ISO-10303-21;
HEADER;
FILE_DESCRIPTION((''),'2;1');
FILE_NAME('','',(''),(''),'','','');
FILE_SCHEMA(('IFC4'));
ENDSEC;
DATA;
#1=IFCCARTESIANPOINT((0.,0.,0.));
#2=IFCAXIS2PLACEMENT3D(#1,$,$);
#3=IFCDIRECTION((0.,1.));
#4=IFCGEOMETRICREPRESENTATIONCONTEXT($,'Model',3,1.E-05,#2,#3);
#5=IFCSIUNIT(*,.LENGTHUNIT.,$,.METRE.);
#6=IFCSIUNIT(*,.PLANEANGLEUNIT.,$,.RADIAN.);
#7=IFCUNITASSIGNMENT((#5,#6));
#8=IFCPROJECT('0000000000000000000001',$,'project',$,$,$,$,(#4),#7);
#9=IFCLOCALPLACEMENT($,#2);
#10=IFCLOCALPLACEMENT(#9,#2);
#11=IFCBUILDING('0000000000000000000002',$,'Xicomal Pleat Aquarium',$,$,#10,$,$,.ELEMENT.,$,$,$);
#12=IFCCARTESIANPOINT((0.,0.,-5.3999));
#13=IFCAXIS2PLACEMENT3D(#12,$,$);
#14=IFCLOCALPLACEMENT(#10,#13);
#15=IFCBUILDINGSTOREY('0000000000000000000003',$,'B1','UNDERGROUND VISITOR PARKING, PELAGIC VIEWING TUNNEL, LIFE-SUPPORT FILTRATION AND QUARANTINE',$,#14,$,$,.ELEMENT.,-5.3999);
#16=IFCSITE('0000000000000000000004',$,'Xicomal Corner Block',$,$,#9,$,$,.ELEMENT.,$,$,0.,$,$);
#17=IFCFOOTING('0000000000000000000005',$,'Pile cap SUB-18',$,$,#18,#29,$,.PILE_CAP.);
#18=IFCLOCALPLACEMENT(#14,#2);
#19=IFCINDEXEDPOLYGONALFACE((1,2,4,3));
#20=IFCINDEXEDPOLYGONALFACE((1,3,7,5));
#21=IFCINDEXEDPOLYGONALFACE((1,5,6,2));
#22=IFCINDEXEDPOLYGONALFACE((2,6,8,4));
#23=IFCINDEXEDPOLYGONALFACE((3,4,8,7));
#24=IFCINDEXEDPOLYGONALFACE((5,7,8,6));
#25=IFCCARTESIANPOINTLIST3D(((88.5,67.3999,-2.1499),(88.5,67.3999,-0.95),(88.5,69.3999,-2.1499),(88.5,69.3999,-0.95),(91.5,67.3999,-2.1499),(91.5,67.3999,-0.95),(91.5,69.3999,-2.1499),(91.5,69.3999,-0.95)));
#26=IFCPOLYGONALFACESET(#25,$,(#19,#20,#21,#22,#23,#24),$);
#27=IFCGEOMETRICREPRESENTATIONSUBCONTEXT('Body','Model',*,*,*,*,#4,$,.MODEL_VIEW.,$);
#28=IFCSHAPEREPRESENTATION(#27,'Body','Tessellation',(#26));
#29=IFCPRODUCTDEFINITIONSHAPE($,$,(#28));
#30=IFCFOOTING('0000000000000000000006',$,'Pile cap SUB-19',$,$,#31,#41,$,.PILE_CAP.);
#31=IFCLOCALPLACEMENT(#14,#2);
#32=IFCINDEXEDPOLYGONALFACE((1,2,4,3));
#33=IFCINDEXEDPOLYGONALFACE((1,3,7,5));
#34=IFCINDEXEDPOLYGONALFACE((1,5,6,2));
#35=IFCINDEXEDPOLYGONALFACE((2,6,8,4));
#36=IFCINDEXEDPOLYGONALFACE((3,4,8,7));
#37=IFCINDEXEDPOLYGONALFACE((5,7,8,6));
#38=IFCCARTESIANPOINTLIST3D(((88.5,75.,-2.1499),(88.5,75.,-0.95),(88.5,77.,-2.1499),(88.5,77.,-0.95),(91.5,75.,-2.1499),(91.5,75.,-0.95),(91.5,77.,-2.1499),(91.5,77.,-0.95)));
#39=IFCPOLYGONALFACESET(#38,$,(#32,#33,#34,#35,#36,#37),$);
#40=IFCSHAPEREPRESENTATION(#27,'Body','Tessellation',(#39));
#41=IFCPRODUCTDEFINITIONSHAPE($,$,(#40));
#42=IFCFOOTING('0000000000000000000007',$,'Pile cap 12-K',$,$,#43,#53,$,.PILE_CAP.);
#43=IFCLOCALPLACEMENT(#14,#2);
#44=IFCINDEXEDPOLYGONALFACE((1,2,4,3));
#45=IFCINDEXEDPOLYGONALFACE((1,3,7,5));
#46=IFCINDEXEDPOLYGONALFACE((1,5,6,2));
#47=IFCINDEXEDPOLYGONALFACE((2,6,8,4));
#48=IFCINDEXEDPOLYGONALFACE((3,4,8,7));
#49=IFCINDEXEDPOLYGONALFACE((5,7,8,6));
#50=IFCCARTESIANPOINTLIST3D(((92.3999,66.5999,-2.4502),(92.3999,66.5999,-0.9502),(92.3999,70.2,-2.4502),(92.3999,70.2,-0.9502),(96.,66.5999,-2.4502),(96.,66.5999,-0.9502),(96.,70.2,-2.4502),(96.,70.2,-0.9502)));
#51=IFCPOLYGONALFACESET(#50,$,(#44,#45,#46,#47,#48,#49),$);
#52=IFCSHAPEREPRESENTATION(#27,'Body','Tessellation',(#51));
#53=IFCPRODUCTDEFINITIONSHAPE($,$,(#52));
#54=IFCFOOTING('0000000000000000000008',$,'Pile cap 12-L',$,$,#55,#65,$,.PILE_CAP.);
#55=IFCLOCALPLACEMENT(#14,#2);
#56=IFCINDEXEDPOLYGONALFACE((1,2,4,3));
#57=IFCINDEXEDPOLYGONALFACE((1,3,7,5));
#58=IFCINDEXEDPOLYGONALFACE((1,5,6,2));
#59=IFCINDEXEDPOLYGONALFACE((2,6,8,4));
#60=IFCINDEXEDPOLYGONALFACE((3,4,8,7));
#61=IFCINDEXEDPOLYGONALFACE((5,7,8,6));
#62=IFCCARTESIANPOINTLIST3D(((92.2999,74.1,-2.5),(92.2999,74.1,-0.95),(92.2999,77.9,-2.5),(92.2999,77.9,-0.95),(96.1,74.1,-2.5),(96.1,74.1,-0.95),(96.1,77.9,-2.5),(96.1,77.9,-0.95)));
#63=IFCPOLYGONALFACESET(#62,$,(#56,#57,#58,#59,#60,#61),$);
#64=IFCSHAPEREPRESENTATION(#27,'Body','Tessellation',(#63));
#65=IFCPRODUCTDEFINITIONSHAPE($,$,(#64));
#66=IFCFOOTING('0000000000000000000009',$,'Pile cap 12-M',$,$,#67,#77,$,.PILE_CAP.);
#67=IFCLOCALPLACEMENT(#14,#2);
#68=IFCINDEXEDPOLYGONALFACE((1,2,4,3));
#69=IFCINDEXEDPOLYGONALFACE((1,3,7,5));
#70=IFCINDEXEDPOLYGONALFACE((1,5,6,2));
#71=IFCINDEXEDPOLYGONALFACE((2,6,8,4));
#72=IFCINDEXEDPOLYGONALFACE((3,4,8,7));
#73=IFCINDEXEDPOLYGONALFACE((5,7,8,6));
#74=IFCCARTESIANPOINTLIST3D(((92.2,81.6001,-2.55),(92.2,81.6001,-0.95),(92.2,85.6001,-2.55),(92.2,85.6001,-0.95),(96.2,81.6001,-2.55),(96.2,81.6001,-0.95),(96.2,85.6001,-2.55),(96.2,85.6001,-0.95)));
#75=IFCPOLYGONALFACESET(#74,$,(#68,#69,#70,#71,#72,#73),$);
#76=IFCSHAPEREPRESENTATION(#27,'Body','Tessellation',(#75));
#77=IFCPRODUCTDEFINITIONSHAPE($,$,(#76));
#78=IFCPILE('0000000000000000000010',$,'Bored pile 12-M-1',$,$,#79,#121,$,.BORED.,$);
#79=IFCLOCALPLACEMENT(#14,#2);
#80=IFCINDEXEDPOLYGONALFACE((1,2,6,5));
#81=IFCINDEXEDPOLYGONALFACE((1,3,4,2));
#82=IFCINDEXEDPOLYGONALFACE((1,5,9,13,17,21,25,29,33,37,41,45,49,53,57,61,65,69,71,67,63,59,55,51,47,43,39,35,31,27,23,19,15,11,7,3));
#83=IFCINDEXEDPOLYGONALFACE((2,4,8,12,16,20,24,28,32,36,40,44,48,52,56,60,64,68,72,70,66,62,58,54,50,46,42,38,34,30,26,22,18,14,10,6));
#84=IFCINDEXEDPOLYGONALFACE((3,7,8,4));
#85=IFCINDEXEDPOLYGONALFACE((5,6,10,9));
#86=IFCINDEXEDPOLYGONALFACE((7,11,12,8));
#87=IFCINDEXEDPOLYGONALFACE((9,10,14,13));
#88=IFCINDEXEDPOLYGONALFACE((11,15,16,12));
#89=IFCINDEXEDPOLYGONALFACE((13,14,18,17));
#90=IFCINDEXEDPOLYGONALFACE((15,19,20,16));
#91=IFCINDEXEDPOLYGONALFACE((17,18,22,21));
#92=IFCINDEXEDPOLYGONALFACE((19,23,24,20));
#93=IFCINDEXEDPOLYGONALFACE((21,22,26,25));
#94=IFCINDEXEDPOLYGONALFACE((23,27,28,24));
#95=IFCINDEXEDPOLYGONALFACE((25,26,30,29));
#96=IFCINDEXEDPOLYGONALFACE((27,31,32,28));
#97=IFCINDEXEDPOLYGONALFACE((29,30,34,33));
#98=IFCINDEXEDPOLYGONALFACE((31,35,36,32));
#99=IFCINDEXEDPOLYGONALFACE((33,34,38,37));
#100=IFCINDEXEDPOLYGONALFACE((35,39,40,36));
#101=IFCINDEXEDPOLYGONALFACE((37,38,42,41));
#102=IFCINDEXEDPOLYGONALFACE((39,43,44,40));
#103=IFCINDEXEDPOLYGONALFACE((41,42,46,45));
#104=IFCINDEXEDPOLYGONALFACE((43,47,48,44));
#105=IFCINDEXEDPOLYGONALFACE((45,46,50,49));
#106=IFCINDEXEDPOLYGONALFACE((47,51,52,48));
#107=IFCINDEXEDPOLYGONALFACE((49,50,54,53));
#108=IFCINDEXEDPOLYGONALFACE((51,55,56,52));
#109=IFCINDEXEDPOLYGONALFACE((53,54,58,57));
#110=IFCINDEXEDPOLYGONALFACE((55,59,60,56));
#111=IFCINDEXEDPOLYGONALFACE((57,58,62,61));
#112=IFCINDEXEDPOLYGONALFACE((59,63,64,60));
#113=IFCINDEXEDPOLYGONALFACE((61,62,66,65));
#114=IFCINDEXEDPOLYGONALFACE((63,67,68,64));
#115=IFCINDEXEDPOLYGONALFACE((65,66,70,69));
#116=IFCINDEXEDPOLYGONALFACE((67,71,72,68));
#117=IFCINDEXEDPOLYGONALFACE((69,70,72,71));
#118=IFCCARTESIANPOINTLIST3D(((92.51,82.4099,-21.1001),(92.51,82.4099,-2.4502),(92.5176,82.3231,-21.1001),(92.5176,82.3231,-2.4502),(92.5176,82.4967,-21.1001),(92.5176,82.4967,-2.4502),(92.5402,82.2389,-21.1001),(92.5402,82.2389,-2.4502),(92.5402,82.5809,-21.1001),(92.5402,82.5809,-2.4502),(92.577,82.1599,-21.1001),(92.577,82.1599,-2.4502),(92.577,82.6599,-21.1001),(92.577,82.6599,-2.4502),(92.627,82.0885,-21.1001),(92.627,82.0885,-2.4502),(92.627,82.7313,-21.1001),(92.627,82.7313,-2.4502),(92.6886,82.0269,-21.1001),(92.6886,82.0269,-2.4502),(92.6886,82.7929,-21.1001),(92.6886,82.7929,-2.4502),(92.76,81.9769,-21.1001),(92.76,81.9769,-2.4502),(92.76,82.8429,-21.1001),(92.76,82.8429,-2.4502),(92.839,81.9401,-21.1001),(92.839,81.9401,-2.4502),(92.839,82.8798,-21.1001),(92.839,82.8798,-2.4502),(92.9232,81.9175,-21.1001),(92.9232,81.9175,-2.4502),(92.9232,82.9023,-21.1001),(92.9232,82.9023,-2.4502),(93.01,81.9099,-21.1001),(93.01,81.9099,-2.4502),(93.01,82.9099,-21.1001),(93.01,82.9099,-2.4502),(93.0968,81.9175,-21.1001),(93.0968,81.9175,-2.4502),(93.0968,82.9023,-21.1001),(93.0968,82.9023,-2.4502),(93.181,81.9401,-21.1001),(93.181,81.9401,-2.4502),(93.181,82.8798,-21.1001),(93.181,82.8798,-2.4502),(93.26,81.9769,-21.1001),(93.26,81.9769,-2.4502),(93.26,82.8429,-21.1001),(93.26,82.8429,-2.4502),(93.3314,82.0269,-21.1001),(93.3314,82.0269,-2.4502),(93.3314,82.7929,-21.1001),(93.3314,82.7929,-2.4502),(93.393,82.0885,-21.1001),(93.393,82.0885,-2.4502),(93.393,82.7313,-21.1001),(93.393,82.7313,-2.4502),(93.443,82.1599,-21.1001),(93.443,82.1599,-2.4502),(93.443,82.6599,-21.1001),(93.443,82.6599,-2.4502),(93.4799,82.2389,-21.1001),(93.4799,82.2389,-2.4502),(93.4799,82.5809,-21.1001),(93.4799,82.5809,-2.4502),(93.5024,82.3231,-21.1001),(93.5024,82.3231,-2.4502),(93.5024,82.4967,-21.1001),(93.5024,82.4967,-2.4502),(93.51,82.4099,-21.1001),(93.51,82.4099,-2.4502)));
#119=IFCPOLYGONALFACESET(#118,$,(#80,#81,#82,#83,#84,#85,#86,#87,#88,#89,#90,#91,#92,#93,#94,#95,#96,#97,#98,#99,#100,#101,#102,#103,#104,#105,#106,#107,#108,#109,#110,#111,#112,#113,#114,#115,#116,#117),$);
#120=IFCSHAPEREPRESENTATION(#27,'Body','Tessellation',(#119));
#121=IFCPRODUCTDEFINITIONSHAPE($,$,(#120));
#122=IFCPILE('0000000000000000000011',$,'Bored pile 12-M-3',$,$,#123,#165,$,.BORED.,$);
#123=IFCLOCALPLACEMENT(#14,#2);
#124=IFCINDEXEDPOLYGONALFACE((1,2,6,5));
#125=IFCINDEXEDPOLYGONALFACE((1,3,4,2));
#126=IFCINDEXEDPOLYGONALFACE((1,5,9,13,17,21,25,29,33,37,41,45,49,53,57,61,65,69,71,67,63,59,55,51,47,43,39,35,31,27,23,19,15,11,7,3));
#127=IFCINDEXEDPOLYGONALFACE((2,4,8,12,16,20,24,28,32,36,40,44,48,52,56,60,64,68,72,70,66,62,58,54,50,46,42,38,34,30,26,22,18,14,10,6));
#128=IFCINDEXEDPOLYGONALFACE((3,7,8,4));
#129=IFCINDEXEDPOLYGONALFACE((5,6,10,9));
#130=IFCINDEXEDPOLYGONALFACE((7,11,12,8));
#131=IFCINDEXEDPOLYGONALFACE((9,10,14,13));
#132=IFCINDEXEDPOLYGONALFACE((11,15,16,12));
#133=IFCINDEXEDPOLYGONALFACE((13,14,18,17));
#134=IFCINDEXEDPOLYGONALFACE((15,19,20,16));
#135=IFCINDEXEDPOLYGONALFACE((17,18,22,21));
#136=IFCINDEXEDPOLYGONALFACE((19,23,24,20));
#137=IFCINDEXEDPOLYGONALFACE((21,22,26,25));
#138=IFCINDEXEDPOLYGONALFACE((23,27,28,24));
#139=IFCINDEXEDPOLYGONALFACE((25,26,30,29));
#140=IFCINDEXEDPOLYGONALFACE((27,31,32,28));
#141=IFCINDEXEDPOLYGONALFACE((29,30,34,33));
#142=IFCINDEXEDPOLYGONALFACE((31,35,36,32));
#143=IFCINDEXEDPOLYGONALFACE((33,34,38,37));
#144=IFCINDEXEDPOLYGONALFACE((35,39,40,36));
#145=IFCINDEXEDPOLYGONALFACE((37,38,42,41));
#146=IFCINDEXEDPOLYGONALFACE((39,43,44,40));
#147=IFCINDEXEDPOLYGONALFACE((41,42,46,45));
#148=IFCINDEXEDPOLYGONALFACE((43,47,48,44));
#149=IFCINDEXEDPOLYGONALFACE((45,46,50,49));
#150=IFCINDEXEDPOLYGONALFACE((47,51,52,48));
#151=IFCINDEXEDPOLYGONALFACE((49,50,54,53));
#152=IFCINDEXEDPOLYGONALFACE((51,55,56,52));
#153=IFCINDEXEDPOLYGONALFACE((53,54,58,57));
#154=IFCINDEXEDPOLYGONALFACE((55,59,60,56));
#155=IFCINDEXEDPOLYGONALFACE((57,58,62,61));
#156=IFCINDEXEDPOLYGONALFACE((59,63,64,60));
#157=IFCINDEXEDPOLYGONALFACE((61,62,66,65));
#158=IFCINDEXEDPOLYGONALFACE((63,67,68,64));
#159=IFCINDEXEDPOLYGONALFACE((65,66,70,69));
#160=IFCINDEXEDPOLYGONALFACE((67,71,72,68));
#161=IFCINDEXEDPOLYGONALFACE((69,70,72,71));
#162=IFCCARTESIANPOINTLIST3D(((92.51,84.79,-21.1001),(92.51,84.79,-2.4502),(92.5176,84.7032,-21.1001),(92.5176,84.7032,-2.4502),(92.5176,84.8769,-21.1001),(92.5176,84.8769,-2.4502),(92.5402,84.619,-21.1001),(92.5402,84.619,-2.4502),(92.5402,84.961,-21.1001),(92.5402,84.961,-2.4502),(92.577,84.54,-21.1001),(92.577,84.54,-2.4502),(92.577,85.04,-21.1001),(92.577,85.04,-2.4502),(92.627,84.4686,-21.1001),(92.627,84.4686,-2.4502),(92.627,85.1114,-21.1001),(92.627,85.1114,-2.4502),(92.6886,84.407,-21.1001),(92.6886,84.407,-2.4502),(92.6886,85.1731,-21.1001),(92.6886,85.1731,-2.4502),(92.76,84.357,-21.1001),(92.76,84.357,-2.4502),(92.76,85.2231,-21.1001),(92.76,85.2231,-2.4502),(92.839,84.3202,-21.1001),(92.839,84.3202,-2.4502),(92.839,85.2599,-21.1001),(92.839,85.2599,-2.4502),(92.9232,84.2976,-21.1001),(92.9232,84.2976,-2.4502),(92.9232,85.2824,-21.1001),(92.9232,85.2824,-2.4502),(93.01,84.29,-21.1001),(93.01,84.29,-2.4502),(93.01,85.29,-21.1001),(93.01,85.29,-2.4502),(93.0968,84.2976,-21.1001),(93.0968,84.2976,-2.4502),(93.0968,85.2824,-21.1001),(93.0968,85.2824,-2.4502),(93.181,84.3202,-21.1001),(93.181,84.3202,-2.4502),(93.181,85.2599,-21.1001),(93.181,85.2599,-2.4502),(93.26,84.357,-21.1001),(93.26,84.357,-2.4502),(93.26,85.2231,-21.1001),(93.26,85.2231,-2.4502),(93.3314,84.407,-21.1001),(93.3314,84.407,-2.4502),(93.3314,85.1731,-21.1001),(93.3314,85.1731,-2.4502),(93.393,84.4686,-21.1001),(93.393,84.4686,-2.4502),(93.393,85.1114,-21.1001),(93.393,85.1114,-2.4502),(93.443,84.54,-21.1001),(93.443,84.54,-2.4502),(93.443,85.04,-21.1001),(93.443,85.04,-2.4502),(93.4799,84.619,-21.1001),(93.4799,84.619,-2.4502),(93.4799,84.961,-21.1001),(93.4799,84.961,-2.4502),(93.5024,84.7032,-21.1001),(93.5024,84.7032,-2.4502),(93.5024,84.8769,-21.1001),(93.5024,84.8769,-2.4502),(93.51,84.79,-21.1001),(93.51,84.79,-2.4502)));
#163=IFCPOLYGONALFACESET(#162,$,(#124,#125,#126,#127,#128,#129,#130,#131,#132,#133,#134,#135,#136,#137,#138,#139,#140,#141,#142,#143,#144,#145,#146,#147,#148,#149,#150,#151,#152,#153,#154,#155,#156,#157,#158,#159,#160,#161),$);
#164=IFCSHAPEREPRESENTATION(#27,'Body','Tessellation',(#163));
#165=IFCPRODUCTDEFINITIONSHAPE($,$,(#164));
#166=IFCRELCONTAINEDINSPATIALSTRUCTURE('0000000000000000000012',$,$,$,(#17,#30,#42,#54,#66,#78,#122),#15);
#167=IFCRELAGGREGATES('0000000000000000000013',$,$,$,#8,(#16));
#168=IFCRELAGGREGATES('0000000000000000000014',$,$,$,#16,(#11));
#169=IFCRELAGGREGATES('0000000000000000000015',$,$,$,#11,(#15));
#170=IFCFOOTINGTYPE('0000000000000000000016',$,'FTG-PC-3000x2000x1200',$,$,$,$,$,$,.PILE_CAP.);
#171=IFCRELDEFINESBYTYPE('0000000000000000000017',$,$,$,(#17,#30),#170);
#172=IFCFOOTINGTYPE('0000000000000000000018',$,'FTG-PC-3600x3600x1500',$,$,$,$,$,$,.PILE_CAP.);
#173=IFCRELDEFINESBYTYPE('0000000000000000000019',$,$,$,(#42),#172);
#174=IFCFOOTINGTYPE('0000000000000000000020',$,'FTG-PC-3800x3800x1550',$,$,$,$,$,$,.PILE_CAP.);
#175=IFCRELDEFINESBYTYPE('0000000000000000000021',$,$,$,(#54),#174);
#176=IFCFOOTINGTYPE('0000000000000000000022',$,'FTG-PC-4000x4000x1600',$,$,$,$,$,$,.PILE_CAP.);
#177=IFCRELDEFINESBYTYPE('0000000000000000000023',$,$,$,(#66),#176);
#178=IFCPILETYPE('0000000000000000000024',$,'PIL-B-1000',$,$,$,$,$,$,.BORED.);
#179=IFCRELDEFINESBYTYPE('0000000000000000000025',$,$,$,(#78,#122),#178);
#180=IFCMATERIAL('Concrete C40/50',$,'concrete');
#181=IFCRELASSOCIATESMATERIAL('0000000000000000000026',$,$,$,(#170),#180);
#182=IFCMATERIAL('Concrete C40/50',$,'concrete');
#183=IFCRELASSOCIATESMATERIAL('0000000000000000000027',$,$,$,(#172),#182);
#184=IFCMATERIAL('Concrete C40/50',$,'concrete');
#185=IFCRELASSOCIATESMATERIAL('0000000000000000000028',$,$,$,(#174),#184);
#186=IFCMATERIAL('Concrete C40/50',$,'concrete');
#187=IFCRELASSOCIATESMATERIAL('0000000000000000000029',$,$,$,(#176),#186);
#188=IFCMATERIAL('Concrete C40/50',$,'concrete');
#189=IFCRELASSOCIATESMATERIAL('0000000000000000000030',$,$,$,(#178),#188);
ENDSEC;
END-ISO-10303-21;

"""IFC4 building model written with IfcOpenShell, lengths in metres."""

from ifc_helpers import new_model, si_unit, direction, frame, origin, origin_2d, place, context, subcontext, project, spatial, rectangle, circle, extrude, material, material_profile, profile_set, type_object, element, save


model = new_model("IFC4")

# Units and contexts
model_context = context("Model", 3, precision=1e-05, world=origin(), true_north=direction((0.0, 1.0)))
body_context = subcontext(model_context, "Body", "Model", "MODEL_VIEW")
ifc_project = project(units=[si_unit("LENGTHUNIT", "METRE"), si_unit("PLANEANGLEUNIT", "RADIAN")], contexts=[model_context])

# Site, building, storey
site_placement = place(None, origin())
site = spatial("IfcSite", under=ifc_project, at=site_placement, Name="Xicomal Corner Block", CompositionType="ELEMENT", RefElevation=0.0)
building_placement = place(site_placement, origin())
building = spatial("IfcBuilding", under=site, at=building_placement, Name="Xicomal Pleat Aquarium", CompositionType="ELEMENT")
storey_placement = place(building_placement, frame((0.0, 0.0, -5.3999)))
storey = spatial("IfcBuildingStorey", under=building, at=storey_placement, Name="B1", Description="UNDERGROUND VISITOR PARKING, PELAGIC VIEWING TUNNEL, LIFE-SUPPORT FILTRATION AND QUARANTINE", CompositionType="ELEMENT", Elevation=-5.3999)

# Footings
ifc_material_1 = material(Name="Concrete C40/50", Category="concrete")
footing_type_1 = type_object("IfcFootingType", Name="FTG-PC-3000x2000x1200", PredefinedType="PILE_CAP", material=ifc_material_1)
for number, where, z_axis, x_axis, name in (
    (1, (90.0, 68.3999, -2.1499), (0.0, 0.0, 1.0), (1.0, 0.0, 0.0), "Pile cap SUB-18"),
    (2, (90.0, 76.0, -2.1499), (0.0, 0.0, 1.0), (1.0, 0.0, 0.0), "Pile cap SUB-19"),
):
    element("IfcFooting", number, at=place(storey_placement, frame(where, z_axis=z_axis, x_axis=x_axis)), inside=storey, type_object=footing_type_1, Name=name, PredefinedType="PILE_CAP", context=body_context, shape_type="SweptSolid", body=[
        extrude(rectangle(XDim=3.0, YDim=2.0, at=origin_2d()), origin(), (0.0, 0.0, 1.0), 1.2),
    ])
ifc_material_2 = material(Name="Concrete C40/50", Category="concrete")
footing_type_2 = type_object("IfcFootingType", Name="FTG-PC-3600x3600x1500", PredefinedType="PILE_CAP", material=ifc_material_2)
footing_1_placement = place(storey_placement, frame((94.2, 68.3999, -2.4502), z_axis=(0.0, 0.0, 1.0), x_axis=(1.0, 0.0, 0.0)))
element("IfcFooting", 3, at=footing_1_placement, inside=storey, type_object=footing_type_2, Name="Pile cap 12-K", PredefinedType="PILE_CAP", context=body_context, shape_type="SweptSolid", body=[
    extrude(rectangle(XDim=3.6001, YDim=3.6001, at=origin_2d()), origin(), (0.0, 0.0, 1.0), 1.5),
])
ifc_material_3 = material(Name="Concrete C40/50", Category="concrete")
footing_type_3 = type_object("IfcFootingType", Name="FTG-PC-3800x3800x1550", PredefinedType="PILE_CAP", material=ifc_material_3)
footing_2_placement = place(storey_placement, frame((94.2, 76.0, -2.5), z_axis=(0.0, 0.0, 1.0), x_axis=(1.0, 0.0, 0.0)))
element("IfcFooting", 4, at=footing_2_placement, inside=storey, type_object=footing_type_3, Name="Pile cap 12-L", PredefinedType="PILE_CAP", context=body_context, shape_type="SweptSolid", body=[
    extrude(rectangle(XDim=3.8, YDim=3.8, at=origin_2d()), origin(), (0.0, 0.0, 1.0), 1.55),
])
ifc_material_4 = material(Name="Concrete C40/50", Category="concrete")
footing_type_4 = type_object("IfcFootingType", Name="FTG-PC-4000x4000x1600", PredefinedType="PILE_CAP", material=ifc_material_4)
footing_3_placement = place(storey_placement, frame((94.2, 83.6001, -2.55), z_axis=(0.0, 0.0, 1.0), x_axis=(1.0, 0.0, 0.0)))
element("IfcFooting", 5, at=footing_3_placement, inside=storey, type_object=footing_type_4, Name="Pile cap 12-M", PredefinedType="PILE_CAP", context=body_context, shape_type="SweptSolid", body=[
    extrude(rectangle(XDim=4.0, YDim=4.0, at=origin_2d()), origin(), (0.0, 0.0, 1.0), 1.6001),
])

# Piles
ifc_material_5 = material(Name="Concrete C40/50", Category="concrete")
ifc_material_profile_1 = material_profile(ifc_material_5, circle(Radius=0.5, at=origin_2d()), Name="BORED PILE D1000")
ifc_profile_set_1 = profile_set([ifc_material_profile_1], Name="Concrete C40/50")
pile_type_1 = type_object("IfcPileType", Name="PIL-B-1000", PredefinedType="BORED", material=ifc_profile_set_1)
for number, where, z_axis, x_axis, name in (
    (6, (93.01, 82.4099, -2.4502), (0.0, 0.0, -1.0), (1.0, 0.0, 0.0), "Bored pile 12-M-1"),
    (7, (93.01, 84.79, -2.4502), (0.0, 0.0, -1.0), (1.0, 0.0, 0.0), "Bored pile 12-M-3"),
):
    element("IfcPile", number, at=place(storey_placement, frame(where, z_axis=z_axis, x_axis=x_axis)), inside=storey, type_object=pile_type_1, Name=name, PredefinedType="BORED", context=body_context, shape_type="SweptSolid", body=[
        extrude(circle(Radius=0.5, at=origin_2d()), origin(), (0.0, 0.0, 1.0), 18.6499),
    ])

save(model, "model.ifc")
